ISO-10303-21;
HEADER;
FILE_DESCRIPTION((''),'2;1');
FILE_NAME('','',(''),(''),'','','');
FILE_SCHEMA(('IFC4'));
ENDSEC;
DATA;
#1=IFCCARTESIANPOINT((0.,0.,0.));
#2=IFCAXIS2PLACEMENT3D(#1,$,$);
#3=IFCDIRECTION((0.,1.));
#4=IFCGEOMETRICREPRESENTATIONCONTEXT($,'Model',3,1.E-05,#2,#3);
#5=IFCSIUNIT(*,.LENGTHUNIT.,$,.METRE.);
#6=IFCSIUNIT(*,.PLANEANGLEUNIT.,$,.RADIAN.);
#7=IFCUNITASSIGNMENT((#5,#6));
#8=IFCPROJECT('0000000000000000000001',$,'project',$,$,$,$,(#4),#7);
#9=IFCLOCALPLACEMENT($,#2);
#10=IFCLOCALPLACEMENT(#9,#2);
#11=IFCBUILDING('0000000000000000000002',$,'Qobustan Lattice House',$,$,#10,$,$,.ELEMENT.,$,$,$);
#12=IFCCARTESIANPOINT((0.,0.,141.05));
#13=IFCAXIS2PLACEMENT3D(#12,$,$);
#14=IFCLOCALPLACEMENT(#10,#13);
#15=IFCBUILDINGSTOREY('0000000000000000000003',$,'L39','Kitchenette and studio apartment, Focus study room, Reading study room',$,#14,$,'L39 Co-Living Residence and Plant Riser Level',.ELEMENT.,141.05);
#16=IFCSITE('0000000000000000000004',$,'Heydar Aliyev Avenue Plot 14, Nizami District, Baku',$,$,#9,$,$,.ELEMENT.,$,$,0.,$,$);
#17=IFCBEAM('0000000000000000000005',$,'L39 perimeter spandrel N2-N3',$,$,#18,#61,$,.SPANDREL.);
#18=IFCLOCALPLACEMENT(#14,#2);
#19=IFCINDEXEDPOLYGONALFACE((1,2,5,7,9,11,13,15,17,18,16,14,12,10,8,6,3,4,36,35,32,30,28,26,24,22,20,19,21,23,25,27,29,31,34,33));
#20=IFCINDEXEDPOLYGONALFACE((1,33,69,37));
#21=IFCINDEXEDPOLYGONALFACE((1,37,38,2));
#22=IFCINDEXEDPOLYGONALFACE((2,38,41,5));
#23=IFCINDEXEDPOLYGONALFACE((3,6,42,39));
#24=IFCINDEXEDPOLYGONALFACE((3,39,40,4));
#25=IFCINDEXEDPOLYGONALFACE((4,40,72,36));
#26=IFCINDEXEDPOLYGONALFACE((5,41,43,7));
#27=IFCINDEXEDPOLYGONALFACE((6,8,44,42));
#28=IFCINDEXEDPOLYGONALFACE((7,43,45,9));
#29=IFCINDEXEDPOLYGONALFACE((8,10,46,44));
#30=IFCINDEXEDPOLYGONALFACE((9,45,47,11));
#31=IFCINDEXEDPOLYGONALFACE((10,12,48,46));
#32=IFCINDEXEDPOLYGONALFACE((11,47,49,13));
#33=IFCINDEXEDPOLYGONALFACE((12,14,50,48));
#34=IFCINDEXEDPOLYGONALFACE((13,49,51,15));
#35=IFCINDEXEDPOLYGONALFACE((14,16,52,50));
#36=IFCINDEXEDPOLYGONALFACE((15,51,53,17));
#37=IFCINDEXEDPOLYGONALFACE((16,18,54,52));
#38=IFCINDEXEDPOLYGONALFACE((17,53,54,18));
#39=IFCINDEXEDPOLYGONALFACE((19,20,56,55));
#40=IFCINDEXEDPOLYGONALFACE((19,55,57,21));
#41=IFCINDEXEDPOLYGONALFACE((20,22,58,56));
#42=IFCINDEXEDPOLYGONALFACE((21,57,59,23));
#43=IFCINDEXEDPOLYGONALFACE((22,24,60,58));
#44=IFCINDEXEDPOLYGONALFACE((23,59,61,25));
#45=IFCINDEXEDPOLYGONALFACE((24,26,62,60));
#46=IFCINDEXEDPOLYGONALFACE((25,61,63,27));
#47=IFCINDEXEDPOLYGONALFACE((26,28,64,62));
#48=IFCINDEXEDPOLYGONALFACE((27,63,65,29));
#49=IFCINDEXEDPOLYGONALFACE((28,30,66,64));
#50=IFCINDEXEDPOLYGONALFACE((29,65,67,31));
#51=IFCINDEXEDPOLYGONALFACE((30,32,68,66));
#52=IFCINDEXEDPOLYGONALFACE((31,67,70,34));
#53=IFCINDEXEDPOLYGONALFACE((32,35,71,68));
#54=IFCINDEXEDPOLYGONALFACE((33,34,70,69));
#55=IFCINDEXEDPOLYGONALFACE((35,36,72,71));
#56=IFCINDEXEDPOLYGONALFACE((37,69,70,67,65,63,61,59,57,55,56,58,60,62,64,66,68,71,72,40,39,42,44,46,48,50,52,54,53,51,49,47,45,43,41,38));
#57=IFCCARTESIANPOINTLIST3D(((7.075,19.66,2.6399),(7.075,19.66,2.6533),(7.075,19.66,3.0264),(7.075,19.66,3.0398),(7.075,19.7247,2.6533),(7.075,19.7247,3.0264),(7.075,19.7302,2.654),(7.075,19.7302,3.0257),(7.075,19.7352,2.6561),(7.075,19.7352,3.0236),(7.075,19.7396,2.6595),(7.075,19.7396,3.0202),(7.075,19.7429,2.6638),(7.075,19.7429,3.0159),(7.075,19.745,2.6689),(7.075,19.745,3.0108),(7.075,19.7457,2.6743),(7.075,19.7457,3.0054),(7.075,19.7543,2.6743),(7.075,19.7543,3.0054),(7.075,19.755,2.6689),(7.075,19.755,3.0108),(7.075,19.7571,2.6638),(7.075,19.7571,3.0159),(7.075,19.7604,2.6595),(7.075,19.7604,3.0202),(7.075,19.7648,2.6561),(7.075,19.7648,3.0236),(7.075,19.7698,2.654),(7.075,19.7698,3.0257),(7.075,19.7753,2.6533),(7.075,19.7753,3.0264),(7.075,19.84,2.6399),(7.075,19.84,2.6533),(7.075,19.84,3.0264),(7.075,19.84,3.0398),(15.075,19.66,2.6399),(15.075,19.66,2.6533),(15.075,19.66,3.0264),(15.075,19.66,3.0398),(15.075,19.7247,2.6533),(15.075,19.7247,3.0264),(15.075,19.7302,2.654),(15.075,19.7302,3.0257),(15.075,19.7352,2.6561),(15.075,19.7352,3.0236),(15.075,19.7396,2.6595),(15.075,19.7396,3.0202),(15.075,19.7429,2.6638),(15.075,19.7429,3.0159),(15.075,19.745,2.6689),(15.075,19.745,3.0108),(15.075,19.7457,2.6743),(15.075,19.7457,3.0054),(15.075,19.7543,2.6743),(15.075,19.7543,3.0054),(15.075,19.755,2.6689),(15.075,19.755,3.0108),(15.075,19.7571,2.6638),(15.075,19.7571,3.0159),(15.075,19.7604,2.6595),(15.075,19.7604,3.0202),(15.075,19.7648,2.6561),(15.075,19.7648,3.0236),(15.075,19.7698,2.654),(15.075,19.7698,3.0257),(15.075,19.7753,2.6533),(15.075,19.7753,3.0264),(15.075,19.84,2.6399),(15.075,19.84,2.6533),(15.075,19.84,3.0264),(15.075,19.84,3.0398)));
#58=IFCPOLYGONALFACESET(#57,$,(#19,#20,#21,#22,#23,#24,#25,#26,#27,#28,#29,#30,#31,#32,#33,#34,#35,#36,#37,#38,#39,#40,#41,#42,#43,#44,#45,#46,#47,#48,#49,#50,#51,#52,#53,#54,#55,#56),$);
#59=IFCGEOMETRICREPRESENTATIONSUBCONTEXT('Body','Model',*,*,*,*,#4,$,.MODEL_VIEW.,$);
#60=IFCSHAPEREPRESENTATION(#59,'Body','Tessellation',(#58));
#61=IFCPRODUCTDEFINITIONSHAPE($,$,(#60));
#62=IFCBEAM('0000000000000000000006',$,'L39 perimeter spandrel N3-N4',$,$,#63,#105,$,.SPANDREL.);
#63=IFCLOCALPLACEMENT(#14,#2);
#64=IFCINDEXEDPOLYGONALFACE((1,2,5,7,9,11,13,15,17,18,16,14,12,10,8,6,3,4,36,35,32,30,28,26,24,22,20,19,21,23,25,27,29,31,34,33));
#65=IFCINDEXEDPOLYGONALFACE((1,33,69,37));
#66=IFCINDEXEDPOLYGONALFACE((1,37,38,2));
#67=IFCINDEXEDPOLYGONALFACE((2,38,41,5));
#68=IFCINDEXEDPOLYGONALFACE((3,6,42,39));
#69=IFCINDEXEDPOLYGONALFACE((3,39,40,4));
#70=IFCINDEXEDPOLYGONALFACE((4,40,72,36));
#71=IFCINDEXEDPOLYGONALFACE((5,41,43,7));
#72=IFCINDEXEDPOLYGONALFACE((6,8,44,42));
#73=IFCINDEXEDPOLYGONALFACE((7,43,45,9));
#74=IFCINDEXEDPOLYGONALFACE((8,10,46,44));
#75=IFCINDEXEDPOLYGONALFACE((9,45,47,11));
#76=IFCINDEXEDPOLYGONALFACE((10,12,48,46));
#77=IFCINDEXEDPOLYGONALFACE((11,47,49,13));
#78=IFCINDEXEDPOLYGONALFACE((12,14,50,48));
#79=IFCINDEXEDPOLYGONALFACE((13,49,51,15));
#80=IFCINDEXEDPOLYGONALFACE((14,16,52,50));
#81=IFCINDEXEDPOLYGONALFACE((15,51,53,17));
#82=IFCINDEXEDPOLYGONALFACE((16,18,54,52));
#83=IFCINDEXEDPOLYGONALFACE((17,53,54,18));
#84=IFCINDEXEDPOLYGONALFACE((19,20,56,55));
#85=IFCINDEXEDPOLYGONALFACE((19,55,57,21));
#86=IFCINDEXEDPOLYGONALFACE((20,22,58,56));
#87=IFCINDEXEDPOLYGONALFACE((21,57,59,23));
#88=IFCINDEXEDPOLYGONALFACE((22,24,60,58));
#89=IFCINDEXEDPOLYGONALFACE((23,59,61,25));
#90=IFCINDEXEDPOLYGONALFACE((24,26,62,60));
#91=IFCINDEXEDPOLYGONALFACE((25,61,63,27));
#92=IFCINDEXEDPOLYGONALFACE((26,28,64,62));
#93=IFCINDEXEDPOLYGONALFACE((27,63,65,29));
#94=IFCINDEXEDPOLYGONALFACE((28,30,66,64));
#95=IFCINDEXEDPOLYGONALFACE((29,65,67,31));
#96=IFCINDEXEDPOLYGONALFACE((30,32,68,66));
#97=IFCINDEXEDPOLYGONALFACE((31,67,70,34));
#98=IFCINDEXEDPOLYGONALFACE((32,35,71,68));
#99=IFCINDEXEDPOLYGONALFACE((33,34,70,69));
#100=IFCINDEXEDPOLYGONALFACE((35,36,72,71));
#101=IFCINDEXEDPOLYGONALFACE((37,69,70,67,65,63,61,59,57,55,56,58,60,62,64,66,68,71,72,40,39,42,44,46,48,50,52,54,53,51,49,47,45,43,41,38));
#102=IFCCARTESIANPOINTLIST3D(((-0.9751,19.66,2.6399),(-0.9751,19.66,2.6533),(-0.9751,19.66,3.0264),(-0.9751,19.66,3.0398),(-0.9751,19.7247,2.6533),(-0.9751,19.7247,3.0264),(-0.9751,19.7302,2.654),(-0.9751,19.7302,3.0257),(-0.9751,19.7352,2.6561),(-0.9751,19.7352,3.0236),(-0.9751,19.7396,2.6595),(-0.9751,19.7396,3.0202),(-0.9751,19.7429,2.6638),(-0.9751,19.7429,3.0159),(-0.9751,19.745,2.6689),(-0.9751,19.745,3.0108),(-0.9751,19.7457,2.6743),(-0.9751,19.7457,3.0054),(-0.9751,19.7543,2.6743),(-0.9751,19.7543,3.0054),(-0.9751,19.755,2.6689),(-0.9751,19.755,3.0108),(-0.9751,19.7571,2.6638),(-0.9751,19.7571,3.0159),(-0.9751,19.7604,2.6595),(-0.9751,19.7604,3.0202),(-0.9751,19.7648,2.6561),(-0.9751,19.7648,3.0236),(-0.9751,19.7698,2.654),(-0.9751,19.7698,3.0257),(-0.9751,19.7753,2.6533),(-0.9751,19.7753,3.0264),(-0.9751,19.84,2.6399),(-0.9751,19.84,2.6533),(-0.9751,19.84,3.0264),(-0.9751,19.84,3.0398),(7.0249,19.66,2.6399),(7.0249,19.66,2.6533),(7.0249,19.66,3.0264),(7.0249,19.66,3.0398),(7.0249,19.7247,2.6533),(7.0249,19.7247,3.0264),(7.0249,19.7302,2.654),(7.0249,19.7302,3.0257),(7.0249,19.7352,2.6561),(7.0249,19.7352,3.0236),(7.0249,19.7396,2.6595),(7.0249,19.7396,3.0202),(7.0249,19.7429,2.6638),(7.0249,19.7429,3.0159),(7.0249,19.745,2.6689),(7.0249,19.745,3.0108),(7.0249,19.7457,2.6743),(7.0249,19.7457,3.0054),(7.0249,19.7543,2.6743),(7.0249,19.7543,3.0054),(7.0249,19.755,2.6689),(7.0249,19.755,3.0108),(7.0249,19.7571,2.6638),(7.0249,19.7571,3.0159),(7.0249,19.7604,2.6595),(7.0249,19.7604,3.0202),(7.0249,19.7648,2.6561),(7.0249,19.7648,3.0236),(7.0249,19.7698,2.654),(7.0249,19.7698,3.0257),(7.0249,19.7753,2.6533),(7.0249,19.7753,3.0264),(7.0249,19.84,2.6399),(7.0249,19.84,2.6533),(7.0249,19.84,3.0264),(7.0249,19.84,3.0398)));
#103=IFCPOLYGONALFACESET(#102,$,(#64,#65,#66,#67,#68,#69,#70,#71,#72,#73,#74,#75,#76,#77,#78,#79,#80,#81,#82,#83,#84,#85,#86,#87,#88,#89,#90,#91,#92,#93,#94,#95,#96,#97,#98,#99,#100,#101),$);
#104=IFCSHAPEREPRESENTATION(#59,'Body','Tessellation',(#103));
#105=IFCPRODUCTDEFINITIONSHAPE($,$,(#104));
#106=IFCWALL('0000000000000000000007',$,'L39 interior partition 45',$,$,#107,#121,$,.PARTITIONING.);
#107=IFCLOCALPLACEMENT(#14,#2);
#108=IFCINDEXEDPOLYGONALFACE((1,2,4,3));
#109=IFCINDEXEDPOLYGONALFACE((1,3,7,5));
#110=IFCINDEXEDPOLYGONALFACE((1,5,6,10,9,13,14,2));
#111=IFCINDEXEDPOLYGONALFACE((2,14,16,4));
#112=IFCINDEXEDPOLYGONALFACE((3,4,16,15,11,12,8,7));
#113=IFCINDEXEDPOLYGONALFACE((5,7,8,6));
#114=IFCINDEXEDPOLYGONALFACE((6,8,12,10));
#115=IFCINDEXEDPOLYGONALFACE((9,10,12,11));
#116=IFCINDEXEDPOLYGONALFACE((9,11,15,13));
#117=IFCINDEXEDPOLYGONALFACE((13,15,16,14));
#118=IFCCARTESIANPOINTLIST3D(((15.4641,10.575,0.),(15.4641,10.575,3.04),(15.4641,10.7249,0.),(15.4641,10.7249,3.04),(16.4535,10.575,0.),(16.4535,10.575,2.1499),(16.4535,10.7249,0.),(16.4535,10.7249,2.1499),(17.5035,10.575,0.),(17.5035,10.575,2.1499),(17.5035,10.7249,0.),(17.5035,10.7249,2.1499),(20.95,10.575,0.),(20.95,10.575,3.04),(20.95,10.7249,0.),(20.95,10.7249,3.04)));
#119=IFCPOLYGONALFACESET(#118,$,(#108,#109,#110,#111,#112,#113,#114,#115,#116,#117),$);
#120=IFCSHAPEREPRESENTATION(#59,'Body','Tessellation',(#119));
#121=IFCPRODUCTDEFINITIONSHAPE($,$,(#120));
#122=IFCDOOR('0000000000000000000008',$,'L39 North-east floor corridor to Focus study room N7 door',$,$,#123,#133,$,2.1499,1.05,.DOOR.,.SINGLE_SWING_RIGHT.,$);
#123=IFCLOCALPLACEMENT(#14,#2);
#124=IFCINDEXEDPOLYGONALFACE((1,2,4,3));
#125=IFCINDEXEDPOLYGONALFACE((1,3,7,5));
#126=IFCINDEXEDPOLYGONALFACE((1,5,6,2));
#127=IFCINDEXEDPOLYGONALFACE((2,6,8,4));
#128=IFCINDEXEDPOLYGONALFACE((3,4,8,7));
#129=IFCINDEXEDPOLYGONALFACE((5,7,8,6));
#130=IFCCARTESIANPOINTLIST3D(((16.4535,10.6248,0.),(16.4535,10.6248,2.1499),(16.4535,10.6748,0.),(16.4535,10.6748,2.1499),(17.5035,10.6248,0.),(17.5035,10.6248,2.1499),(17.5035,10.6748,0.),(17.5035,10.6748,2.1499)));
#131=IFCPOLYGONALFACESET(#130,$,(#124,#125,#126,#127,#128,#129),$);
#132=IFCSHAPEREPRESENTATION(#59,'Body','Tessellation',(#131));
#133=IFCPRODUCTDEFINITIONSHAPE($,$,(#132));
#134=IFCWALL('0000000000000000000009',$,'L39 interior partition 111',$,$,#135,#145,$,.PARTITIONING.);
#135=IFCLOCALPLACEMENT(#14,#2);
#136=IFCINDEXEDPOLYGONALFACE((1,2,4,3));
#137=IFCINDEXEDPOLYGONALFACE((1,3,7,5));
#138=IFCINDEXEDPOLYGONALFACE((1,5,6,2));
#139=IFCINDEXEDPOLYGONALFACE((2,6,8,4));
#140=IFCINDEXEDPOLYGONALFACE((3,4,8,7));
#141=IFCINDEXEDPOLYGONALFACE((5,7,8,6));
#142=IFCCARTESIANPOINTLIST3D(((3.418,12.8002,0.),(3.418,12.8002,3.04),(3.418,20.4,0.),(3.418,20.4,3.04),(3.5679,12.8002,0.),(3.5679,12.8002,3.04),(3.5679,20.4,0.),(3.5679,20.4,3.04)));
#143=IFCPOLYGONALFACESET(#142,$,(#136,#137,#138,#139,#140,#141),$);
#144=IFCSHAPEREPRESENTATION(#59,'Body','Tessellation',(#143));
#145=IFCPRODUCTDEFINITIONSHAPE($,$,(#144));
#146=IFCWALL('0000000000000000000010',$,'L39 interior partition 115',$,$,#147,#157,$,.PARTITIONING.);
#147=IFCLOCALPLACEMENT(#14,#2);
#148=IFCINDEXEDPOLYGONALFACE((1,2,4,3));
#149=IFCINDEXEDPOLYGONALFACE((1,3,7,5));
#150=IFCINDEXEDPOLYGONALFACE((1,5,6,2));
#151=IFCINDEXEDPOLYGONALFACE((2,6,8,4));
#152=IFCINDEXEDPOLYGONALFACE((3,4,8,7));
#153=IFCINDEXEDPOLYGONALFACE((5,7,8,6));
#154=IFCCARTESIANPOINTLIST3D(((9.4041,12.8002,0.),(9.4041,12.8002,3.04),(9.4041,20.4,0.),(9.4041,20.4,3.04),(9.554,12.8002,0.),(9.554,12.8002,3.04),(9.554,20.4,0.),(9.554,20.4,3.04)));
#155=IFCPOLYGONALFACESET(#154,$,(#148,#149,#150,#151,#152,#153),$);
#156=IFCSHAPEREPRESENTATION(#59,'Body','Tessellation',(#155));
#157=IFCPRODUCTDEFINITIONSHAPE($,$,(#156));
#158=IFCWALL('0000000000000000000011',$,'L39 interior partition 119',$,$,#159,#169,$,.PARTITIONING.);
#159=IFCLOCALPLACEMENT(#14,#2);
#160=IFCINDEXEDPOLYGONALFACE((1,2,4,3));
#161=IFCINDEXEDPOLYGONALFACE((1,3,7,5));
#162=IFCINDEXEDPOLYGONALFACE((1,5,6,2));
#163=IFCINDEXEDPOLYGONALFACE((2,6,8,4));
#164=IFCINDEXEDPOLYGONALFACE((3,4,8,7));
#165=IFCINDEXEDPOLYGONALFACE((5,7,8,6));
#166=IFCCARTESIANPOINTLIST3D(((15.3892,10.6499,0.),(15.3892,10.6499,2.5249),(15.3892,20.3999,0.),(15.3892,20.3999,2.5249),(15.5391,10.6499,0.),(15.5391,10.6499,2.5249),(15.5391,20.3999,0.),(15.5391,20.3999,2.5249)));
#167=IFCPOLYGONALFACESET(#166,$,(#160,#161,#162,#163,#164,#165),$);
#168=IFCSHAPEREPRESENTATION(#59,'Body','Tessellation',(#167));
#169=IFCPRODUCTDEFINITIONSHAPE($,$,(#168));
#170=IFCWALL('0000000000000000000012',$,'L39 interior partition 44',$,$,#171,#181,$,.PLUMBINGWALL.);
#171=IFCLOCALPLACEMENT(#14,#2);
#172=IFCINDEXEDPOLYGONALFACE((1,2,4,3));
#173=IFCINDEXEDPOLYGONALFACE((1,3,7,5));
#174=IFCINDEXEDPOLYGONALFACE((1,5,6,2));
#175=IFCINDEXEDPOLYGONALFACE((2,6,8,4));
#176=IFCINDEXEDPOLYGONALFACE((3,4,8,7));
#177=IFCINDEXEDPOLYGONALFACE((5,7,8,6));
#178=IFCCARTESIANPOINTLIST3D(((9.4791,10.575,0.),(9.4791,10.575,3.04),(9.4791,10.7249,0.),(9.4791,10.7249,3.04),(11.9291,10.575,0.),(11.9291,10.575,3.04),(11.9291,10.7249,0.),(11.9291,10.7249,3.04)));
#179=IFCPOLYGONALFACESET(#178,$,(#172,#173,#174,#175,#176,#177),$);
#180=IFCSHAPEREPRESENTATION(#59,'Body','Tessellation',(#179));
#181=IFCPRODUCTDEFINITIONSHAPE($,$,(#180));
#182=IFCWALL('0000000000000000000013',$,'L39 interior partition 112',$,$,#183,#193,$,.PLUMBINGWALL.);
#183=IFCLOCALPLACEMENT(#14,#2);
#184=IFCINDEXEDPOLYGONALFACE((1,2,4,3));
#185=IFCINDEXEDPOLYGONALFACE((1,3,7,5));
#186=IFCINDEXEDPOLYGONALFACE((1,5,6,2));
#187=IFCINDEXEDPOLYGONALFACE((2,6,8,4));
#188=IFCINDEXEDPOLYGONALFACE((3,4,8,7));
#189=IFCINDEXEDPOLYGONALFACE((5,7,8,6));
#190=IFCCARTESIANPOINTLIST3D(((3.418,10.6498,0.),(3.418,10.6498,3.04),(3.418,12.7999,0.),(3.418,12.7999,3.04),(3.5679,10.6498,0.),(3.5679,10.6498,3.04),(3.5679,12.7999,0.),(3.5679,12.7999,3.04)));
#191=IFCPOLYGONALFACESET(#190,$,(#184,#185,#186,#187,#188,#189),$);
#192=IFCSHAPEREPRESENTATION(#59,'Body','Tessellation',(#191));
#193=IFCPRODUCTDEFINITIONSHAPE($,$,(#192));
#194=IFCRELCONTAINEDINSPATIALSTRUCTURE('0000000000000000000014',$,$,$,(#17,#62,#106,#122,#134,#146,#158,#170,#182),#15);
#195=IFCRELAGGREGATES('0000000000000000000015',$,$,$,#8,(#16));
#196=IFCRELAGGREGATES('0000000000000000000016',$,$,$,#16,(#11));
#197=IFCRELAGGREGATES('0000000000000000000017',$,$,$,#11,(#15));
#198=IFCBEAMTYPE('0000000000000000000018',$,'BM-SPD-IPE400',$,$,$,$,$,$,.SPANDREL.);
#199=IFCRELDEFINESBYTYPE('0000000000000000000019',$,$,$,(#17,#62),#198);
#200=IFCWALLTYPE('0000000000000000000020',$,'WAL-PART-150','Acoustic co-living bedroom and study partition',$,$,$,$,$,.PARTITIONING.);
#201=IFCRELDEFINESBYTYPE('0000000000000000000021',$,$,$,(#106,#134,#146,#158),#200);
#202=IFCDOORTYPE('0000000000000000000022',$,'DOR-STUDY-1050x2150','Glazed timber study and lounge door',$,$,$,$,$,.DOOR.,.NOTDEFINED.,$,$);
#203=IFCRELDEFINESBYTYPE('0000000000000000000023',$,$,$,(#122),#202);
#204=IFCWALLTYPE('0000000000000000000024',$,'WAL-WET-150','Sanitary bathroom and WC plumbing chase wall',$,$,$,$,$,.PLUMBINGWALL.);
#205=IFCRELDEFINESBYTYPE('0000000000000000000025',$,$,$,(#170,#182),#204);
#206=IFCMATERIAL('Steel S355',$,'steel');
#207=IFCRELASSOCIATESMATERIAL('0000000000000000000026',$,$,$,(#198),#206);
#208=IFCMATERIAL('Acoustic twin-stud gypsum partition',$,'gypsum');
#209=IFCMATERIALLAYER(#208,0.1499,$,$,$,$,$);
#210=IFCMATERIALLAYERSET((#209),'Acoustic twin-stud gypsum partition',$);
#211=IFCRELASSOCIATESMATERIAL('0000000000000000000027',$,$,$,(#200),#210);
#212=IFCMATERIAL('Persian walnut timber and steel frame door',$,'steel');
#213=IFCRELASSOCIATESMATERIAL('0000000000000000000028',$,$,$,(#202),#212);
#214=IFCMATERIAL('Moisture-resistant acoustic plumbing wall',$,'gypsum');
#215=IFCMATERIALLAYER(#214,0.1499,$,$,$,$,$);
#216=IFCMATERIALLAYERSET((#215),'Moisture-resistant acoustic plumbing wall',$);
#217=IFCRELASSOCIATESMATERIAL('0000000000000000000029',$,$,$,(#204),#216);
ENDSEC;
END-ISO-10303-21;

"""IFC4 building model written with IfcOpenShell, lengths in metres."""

from ifc_helpers import new_model, si_unit, direction, frame, frame_2d, origin, origin_2d, place, context, subcontext, project, spatial, rectangle, i_section, extrude, material, layer, layer_set, material_profile, profile_set, type_object, element, fill, save


model = new_model("IFC4")

# Units and contexts
model_context = context("Model", 3, precision=1e-05, world=origin(), true_north=direction((0.0, 1.0)))
body_context = subcontext(model_context, "Body", "Model", "MODEL_VIEW")
ifc_project = project(units=[si_unit("LENGTHUNIT", "METRE"), si_unit("PLANEANGLEUNIT", "RADIAN")], contexts=[model_context])

# Site, building, storey
site_placement = place(None, origin())
site = spatial("IfcSite", under=ifc_project, at=site_placement, Name="Heydar Aliyev Avenue Plot 14, Nizami District, Baku", CompositionType="ELEMENT", RefElevation=0.0)
building_placement = place(site_placement, origin())
building = spatial("IfcBuilding", under=site, at=building_placement, Name="Qobustan Lattice House", CompositionType="ELEMENT")
storey_placement = place(building_placement, frame((0.0, 0.0, 141.05)))
storey = spatial("IfcBuildingStorey", under=building, at=storey_placement, Name="L39", Description="Kitchenette and studio apartment, Focus study room, Reading study room", LongName="L39 Co-Living Residence and Plant Riser Level", CompositionType="ELEMENT", Elevation=141.05)

# Beams
ifc_material_1 = material(Name="Steel S355", Category="steel")
ifc_material_profile_1 = material_profile(ifc_material_1, i_section(OverallWidth=0.1799, OverallDepth=0.3999, WebThickness=0.0085, FlangeThickness=0.0134, FilletRadius=0.021, at=origin_2d()), Name="IPE400")
ifc_profile_set_1 = profile_set([ifc_material_profile_1], Name="Steel S355")
beam_type_1 = type_object("IfcBeamType", Name="BM-SPD-IPE400", PredefinedType="SPANDREL", material=ifc_profile_set_1)
for number, where, z_axis, x_axis, name in (
    (1, (15.075, 19.75, 2.8398), (-1.0, 0.0, 0.0), (0.0, -1.0, 0.0), "L39 perimeter spandrel N2-N3"),
    (2, (7.0249, 19.75, 2.8398), (-1.0, 0.0, 0.0), (0.0, -1.0, 0.0), "L39 perimeter spandrel N3-N4"),
):
    element("IfcBeam", number, at=place(storey_placement, frame(where, z_axis=z_axis, x_axis=x_axis)), inside=storey, type_object=beam_type_1, Name=name, PredefinedType="SPANDREL", context=body_context, shape_type="SweptSolid", body=[
        extrude(i_section(OverallWidth=0.1799, OverallDepth=0.3999, WebThickness=0.0085, FlangeThickness=0.0134, FilletRadius=0.021, at=origin_2d()), origin(), (0.0, 0.0, 1.0), 8.0),
    ])

# Wall, opening, door
ifc_material_2 = material(Name="Acoustic twin-stud gypsum partition", Category="gypsum")
ifc_layer_1 = layer(ifc_material_2, 0.1499)
ifc_layer_set_1 = layer_set([ifc_layer_1], Name="Acoustic twin-stud gypsum partition")
wall_type_1 = type_object("IfcWallType", Name="WAL-PART-150", Description="Acoustic co-living bedroom and study partition", PredefinedType="PARTITIONING", material=ifc_layer_set_1)
wall_1_placement = place(storey_placement, frame((15.4641, 10.6499, 0.0), z_axis=(0.0, 0.0, 1.0), x_axis=(1.0, 0.0, 0.0)))
wall_1 = element("IfcWall", 3, at=wall_1_placement, inside=storey, type_object=wall_type_1, Name="L39 interior partition 45", PredefinedType="PARTITIONING", context=body_context, shape_type="SweptSolid", body=[
    extrude(rectangle(XDim=5.4858, YDim=0.1499, at=frame_2d((2.7429, 0.0))), origin(), (0.0, 0.0, 1.0), 3.04),
])
opening_1_placement = place(wall_1_placement, frame((0.9895, 0.0, 0.0)))
opening_1 = element("IfcOpeningElement", 4, at=opening_1_placement, cuts=wall_1, PredefinedType="OPENING", context=body_context, shape_type="SweptSolid", body=[
    extrude(rectangle(XDim=1.05, YDim=2.1499, at=frame_2d((0.5249, 1.075))), frame((0.0, 0.085, 0.0), z_axis=(0.0, -1.0, 0.0), x_axis=(1.0, 0.0, 0.0)), (0.0, 0.0, 1.0), 0.1699),
])
ifc_material_3 = material(Name="Persian walnut timber and steel frame door", Category="steel")
door_type_1 = type_object("IfcDoorType", Name="DOR-STUDY-1050x2150", Description="Glazed timber study and lounge door", OperationType="NOTDEFINED", PredefinedType="DOOR", material=ifc_material_3)
door_1_placement = place(opening_1_placement, origin())
door_1 = element("IfcDoor", 5, at=door_1_placement, inside=storey, type_object=door_type_1, Name="L39 North-east floor corridor to Focus study room N7 door", OperationType="SINGLE_SWING_RIGHT", OverallHeight=2.1499, OverallWidth=1.05, PredefinedType="DOOR", context=body_context, shape_type="SweptSolid", body=[
    extrude(rectangle(XDim=1.05, YDim=2.1499, at=frame_2d((0.5249, 1.075))), frame((0.0, 0.0249, 0.0), z_axis=(0.0, -1.0, 0.0), x_axis=(1.0, 0.0, 0.0)), (0.0, 0.0, 1.0), 0.05),
])
fill(opening_1, door_1)

# Walls
for number, where, z_axis, x_axis, name in (
    (6, (3.4929, 20.3999, 0.0), (0.0, 0.0, 1.0), (0.0, -1.0, 0.0), "L39 interior partition 111"),
    (7, (9.479, 20.3999, 0.0), (0.0, 0.0, 1.0), (0.0, -1.0, 0.0), "L39 interior partition 115"),
):
    element("IfcWall", number, at=place(storey_placement, frame(where, z_axis=z_axis, x_axis=x_axis)), inside=storey, type_object=wall_type_1, Name=name, PredefinedType="PARTITIONING", context=body_context, shape_type="SweptSolid", body=[
        extrude(rectangle(XDim=7.5999, YDim=0.1499, at=frame_2d((3.7998, 0.0))), origin(), (0.0, 0.0, 1.0), 3.04),
    ])
wall_2_placement = place(storey_placement, frame((15.4641, 20.3999, 0.0), z_axis=(0.0, 0.0, 1.0), x_axis=(0.0, -1.0, 0.0)))
element("IfcWall", 8, at=wall_2_placement, inside=storey, type_object=wall_type_1, Name="L39 interior partition 119", PredefinedType="PARTITIONING", context=body_context, shape_type="SweptSolid", body=[
    extrude(rectangle(XDim=9.75, YDim=0.1499, at=frame_2d((4.875, 0.0))), origin(), (0.0, 0.0, 1.0), 2.5249),
])
ifc_material_4 = material(Name="Moisture-resistant acoustic plumbing wall", Category="gypsum")
ifc_layer_2 = layer(ifc_material_4, 0.1499)
ifc_layer_set_2 = layer_set([ifc_layer_2], Name="Moisture-resistant acoustic plumbing wall")
wall_type_2 = type_object("IfcWallType", Name="WAL-WET-150", Description="Sanitary bathroom and WC plumbing chase wall", PredefinedType="PLUMBINGWALL", material=ifc_layer_set_2)
wall_3_placement = place(storey_placement, frame((9.479, 10.6499, 0.0), z_axis=(0.0, 0.0, 1.0), x_axis=(1.0, 0.0, 0.0)))
element("IfcWall", 9, at=wall_3_placement, inside=storey, type_object=wall_type_2, Name="L39 interior partition 44", PredefinedType="PLUMBINGWALL", context=body_context, shape_type="SweptSolid", body=[
    extrude(rectangle(XDim=2.45, YDim=0.1499, at=frame_2d((1.2251, 0.0))), origin(), (0.0, 0.0, 1.0), 3.04),
])
wall_4_placement = place(storey_placement, frame((3.4929, 12.8, 0.0), z_axis=(0.0, 0.0, 1.0), x_axis=(0.0, -1.0, 0.0)))
element("IfcWall", 10, at=wall_4_placement, inside=storey, type_object=wall_type_2, Name="L39 interior partition 112", PredefinedType="PLUMBINGWALL", context=body_context, shape_type="SweptSolid", body=[
    extrude(rectangle(XDim=2.1501, YDim=0.1499, at=frame_2d((1.0752, 0.0))), origin(), (0.0, 0.0, 1.0), 3.04),
])

save(model, "model.ifc")
